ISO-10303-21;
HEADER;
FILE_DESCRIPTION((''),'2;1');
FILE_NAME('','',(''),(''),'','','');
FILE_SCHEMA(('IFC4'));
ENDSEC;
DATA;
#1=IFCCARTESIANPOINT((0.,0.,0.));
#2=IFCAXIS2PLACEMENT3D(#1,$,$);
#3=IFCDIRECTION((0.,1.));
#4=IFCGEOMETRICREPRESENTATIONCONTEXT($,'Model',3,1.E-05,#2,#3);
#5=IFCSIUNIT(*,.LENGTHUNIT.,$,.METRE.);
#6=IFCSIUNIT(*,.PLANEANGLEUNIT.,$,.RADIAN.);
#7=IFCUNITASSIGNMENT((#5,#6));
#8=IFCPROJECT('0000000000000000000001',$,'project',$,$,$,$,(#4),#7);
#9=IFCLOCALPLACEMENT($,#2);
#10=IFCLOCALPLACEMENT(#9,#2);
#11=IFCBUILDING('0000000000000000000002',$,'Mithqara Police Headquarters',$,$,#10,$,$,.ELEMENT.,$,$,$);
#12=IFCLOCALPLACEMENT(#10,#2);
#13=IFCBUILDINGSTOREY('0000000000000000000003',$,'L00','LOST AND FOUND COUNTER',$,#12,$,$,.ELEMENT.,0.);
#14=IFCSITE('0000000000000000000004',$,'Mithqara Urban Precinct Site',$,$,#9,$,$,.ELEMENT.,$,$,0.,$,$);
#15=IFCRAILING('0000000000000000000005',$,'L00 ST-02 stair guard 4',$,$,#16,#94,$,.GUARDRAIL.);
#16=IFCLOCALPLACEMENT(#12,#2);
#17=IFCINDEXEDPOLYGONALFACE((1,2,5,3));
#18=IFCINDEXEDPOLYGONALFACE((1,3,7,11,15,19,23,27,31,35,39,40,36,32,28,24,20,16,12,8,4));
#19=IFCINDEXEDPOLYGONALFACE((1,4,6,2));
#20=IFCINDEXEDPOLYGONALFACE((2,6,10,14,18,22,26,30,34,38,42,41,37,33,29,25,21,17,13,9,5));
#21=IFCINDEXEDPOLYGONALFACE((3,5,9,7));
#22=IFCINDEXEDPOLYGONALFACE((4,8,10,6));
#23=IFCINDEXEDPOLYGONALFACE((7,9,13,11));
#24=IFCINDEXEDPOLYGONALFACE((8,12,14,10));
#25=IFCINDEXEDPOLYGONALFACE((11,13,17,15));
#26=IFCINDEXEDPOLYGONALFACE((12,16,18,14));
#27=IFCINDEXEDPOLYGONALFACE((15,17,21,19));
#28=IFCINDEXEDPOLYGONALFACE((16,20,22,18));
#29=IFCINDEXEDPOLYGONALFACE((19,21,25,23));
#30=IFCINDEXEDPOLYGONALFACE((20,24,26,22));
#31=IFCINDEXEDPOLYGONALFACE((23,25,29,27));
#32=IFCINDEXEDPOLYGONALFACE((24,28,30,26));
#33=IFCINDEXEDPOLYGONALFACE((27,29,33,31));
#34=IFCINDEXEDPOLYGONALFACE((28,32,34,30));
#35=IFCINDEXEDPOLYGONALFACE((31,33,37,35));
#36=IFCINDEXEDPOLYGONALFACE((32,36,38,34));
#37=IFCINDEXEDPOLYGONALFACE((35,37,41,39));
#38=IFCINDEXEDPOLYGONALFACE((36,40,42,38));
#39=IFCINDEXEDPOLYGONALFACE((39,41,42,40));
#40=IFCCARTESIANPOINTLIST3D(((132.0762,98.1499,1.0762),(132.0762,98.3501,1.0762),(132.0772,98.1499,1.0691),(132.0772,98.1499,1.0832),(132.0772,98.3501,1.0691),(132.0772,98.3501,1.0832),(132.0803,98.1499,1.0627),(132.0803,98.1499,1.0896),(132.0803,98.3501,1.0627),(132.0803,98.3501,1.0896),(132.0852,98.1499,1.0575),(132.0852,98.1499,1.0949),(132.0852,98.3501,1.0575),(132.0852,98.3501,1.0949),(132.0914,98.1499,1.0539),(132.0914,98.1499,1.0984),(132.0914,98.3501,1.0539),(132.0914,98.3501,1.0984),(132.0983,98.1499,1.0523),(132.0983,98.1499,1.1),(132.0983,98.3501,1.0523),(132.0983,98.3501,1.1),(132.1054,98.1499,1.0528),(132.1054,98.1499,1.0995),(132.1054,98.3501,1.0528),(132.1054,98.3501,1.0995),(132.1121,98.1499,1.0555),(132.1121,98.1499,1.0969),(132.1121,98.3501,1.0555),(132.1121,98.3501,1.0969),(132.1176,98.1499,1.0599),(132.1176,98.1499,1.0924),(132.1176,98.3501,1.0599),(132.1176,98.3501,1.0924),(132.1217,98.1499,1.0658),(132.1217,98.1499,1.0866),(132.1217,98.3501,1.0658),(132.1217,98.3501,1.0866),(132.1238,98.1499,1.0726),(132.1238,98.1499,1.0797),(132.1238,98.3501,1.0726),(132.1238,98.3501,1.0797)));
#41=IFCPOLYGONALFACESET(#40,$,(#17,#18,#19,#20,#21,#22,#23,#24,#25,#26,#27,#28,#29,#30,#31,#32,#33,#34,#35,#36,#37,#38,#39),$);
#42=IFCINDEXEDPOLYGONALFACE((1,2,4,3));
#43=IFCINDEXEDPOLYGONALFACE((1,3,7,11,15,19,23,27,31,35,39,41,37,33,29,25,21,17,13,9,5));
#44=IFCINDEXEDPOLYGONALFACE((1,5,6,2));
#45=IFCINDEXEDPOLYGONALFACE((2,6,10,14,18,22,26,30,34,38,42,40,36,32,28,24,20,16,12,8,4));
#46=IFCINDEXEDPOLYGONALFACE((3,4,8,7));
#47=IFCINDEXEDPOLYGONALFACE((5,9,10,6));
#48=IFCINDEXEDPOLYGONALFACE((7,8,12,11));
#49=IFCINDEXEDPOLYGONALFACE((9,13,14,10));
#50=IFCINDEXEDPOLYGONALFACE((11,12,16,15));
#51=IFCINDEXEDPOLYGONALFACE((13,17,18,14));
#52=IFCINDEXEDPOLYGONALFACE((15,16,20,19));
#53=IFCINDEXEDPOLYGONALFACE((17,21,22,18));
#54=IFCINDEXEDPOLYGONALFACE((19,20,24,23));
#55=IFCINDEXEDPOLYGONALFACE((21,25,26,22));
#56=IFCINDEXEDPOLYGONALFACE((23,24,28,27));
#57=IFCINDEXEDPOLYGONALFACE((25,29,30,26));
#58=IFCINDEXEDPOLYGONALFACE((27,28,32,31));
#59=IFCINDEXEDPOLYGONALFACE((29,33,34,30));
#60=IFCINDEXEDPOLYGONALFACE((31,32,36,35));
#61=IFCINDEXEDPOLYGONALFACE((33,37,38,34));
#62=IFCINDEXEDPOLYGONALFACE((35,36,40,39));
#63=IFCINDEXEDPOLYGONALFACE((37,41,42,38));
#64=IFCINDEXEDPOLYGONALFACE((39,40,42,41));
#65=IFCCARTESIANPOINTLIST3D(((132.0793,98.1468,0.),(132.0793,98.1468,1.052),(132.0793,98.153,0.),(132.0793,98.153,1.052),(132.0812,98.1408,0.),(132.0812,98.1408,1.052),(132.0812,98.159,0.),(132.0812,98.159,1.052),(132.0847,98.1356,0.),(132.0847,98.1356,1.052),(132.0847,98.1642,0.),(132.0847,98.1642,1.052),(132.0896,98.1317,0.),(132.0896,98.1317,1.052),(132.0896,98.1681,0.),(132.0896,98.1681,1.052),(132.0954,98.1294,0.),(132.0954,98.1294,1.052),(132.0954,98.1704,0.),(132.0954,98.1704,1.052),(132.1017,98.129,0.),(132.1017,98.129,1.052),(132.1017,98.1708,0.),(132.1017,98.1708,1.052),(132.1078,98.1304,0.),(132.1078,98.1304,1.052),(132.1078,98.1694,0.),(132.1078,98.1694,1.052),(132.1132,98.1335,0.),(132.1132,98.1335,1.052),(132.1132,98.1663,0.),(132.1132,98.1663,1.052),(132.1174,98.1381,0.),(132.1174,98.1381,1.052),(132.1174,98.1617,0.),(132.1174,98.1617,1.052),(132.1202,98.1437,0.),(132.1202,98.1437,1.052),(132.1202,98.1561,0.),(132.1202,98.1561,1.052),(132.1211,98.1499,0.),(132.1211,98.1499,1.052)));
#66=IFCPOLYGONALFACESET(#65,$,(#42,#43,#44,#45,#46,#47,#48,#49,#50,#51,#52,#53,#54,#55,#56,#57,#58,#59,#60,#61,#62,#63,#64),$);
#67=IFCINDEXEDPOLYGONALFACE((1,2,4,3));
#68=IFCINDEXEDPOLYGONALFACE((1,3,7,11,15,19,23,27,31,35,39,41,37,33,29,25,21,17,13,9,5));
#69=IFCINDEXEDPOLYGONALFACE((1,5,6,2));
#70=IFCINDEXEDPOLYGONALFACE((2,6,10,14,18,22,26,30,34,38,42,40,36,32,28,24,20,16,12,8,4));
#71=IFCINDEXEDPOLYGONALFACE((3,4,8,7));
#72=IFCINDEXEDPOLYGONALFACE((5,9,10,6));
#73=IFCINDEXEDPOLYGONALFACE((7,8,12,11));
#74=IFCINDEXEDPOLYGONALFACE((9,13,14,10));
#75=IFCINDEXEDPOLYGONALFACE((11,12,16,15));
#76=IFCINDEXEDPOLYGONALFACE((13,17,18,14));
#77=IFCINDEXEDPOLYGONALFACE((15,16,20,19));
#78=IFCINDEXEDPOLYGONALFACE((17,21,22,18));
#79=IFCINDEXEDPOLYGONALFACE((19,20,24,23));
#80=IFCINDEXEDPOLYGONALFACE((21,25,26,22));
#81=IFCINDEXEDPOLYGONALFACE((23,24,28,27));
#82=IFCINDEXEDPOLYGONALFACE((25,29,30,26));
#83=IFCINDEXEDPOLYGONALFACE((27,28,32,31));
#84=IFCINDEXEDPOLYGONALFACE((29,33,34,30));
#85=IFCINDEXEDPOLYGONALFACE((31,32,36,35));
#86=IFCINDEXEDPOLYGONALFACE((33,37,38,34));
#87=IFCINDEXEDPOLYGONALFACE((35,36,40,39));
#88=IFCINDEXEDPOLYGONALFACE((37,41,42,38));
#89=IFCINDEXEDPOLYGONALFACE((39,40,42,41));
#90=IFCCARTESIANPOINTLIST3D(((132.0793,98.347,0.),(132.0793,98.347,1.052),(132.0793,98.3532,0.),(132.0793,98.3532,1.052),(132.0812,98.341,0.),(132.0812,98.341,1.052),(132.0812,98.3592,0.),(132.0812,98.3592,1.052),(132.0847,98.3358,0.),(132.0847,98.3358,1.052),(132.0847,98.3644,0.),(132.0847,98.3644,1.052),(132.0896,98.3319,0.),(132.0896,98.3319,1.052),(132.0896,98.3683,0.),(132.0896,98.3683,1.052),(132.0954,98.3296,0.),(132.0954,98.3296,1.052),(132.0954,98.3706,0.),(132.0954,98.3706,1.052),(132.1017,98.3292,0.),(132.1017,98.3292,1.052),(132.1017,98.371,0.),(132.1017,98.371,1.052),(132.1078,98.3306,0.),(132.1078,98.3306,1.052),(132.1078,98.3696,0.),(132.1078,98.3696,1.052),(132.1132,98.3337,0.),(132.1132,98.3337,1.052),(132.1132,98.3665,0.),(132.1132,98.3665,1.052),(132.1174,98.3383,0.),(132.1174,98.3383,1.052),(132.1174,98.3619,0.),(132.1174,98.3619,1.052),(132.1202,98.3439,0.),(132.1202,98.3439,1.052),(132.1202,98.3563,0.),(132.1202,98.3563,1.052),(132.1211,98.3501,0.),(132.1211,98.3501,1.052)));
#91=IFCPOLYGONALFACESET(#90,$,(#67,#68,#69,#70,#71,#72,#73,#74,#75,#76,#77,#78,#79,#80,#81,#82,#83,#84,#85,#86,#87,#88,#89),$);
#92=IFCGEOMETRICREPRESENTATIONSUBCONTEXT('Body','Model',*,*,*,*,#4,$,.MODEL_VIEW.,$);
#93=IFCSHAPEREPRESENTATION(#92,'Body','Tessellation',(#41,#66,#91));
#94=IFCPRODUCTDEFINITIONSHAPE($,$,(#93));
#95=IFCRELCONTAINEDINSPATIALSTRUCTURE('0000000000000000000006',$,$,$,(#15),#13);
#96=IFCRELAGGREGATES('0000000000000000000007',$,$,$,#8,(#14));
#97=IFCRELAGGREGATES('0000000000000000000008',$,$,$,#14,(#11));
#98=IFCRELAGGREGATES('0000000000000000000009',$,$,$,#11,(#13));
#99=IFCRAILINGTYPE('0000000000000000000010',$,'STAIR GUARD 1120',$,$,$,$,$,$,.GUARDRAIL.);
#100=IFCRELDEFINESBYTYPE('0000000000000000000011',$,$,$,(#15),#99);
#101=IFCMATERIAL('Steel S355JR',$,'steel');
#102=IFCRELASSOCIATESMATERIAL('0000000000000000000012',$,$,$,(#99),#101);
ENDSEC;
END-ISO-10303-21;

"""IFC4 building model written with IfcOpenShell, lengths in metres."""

from ifc_helpers import new_model, si_unit, direction, frame, origin, origin_2d, place, context, subcontext, project, spatial, circle, extrude, material, type_object, element, save


model = new_model("IFC4")

# Units and contexts
model_context = context("Model", 3, precision=1e-05, world=origin(), true_north=direction((0.0, 1.0)))
body_context = subcontext(model_context, "Body", "Model", "MODEL_VIEW")
ifc_project = project(units=[si_unit("LENGTHUNIT", "METRE"), si_unit("PLANEANGLEUNIT", "RADIAN")], contexts=[model_context])

# Site, building, storey
site_placement = place(None, origin())
site = spatial("IfcSite", under=ifc_project, at=site_placement, Name="Mithqara Urban Precinct Site", CompositionType="ELEMENT", RefElevation=0.0)
building_placement = place(site_placement, origin())
building = spatial("IfcBuilding", under=site, at=building_placement, Name="Mithqara Police Headquarters", CompositionType="ELEMENT")
storey_placement = place(building_placement, origin())
storey = spatial("IfcBuildingStorey", under=building, at=storey_placement, Name="L00", Description="LOST AND FOUND COUNTER", CompositionType="ELEMENT", Elevation=0.0)

# Shared definitions
ifc_material_1 = material(Name="Steel S355JR", Category="steel")

# Railing
railing_type_1 = type_object("IfcRailingType", Name="STAIR GUARD 1120", PredefinedType="GUARDRAIL", material=ifc_material_1)
railing_1_placement = place(storey_placement, frame((132.1001, 98.1499, 0.0)))
element("IfcRailing", 1, at=railing_1_placement, inside=storey, type_object=railing_type_1, Name="L00 ST-02 stair guard 4", PredefinedType="GUARDRAIL", context=body_context, shape_type="SweptSolid", body=[
    extrude(circle(Radius=0.0239, at=origin_2d()), frame((0.0, 0.0, 1.0762), z_axis=(0.0, 1.0, 0.0), x_axis=(-1.0, 0.0, 0.0)), (0.0, 0.0, 1.0), 0.2002),
    extrude(circle(Radius=0.021, at=origin_2d()), origin(), (0.0, 0.0, 1.0), 1.052),
    extrude(circle(Radius=0.021, at=origin_2d()), frame((0.0, 0.2002, 0.0)), (0.0, 0.0, 1.0), 1.052),
])

save(model, "model.ifc")
